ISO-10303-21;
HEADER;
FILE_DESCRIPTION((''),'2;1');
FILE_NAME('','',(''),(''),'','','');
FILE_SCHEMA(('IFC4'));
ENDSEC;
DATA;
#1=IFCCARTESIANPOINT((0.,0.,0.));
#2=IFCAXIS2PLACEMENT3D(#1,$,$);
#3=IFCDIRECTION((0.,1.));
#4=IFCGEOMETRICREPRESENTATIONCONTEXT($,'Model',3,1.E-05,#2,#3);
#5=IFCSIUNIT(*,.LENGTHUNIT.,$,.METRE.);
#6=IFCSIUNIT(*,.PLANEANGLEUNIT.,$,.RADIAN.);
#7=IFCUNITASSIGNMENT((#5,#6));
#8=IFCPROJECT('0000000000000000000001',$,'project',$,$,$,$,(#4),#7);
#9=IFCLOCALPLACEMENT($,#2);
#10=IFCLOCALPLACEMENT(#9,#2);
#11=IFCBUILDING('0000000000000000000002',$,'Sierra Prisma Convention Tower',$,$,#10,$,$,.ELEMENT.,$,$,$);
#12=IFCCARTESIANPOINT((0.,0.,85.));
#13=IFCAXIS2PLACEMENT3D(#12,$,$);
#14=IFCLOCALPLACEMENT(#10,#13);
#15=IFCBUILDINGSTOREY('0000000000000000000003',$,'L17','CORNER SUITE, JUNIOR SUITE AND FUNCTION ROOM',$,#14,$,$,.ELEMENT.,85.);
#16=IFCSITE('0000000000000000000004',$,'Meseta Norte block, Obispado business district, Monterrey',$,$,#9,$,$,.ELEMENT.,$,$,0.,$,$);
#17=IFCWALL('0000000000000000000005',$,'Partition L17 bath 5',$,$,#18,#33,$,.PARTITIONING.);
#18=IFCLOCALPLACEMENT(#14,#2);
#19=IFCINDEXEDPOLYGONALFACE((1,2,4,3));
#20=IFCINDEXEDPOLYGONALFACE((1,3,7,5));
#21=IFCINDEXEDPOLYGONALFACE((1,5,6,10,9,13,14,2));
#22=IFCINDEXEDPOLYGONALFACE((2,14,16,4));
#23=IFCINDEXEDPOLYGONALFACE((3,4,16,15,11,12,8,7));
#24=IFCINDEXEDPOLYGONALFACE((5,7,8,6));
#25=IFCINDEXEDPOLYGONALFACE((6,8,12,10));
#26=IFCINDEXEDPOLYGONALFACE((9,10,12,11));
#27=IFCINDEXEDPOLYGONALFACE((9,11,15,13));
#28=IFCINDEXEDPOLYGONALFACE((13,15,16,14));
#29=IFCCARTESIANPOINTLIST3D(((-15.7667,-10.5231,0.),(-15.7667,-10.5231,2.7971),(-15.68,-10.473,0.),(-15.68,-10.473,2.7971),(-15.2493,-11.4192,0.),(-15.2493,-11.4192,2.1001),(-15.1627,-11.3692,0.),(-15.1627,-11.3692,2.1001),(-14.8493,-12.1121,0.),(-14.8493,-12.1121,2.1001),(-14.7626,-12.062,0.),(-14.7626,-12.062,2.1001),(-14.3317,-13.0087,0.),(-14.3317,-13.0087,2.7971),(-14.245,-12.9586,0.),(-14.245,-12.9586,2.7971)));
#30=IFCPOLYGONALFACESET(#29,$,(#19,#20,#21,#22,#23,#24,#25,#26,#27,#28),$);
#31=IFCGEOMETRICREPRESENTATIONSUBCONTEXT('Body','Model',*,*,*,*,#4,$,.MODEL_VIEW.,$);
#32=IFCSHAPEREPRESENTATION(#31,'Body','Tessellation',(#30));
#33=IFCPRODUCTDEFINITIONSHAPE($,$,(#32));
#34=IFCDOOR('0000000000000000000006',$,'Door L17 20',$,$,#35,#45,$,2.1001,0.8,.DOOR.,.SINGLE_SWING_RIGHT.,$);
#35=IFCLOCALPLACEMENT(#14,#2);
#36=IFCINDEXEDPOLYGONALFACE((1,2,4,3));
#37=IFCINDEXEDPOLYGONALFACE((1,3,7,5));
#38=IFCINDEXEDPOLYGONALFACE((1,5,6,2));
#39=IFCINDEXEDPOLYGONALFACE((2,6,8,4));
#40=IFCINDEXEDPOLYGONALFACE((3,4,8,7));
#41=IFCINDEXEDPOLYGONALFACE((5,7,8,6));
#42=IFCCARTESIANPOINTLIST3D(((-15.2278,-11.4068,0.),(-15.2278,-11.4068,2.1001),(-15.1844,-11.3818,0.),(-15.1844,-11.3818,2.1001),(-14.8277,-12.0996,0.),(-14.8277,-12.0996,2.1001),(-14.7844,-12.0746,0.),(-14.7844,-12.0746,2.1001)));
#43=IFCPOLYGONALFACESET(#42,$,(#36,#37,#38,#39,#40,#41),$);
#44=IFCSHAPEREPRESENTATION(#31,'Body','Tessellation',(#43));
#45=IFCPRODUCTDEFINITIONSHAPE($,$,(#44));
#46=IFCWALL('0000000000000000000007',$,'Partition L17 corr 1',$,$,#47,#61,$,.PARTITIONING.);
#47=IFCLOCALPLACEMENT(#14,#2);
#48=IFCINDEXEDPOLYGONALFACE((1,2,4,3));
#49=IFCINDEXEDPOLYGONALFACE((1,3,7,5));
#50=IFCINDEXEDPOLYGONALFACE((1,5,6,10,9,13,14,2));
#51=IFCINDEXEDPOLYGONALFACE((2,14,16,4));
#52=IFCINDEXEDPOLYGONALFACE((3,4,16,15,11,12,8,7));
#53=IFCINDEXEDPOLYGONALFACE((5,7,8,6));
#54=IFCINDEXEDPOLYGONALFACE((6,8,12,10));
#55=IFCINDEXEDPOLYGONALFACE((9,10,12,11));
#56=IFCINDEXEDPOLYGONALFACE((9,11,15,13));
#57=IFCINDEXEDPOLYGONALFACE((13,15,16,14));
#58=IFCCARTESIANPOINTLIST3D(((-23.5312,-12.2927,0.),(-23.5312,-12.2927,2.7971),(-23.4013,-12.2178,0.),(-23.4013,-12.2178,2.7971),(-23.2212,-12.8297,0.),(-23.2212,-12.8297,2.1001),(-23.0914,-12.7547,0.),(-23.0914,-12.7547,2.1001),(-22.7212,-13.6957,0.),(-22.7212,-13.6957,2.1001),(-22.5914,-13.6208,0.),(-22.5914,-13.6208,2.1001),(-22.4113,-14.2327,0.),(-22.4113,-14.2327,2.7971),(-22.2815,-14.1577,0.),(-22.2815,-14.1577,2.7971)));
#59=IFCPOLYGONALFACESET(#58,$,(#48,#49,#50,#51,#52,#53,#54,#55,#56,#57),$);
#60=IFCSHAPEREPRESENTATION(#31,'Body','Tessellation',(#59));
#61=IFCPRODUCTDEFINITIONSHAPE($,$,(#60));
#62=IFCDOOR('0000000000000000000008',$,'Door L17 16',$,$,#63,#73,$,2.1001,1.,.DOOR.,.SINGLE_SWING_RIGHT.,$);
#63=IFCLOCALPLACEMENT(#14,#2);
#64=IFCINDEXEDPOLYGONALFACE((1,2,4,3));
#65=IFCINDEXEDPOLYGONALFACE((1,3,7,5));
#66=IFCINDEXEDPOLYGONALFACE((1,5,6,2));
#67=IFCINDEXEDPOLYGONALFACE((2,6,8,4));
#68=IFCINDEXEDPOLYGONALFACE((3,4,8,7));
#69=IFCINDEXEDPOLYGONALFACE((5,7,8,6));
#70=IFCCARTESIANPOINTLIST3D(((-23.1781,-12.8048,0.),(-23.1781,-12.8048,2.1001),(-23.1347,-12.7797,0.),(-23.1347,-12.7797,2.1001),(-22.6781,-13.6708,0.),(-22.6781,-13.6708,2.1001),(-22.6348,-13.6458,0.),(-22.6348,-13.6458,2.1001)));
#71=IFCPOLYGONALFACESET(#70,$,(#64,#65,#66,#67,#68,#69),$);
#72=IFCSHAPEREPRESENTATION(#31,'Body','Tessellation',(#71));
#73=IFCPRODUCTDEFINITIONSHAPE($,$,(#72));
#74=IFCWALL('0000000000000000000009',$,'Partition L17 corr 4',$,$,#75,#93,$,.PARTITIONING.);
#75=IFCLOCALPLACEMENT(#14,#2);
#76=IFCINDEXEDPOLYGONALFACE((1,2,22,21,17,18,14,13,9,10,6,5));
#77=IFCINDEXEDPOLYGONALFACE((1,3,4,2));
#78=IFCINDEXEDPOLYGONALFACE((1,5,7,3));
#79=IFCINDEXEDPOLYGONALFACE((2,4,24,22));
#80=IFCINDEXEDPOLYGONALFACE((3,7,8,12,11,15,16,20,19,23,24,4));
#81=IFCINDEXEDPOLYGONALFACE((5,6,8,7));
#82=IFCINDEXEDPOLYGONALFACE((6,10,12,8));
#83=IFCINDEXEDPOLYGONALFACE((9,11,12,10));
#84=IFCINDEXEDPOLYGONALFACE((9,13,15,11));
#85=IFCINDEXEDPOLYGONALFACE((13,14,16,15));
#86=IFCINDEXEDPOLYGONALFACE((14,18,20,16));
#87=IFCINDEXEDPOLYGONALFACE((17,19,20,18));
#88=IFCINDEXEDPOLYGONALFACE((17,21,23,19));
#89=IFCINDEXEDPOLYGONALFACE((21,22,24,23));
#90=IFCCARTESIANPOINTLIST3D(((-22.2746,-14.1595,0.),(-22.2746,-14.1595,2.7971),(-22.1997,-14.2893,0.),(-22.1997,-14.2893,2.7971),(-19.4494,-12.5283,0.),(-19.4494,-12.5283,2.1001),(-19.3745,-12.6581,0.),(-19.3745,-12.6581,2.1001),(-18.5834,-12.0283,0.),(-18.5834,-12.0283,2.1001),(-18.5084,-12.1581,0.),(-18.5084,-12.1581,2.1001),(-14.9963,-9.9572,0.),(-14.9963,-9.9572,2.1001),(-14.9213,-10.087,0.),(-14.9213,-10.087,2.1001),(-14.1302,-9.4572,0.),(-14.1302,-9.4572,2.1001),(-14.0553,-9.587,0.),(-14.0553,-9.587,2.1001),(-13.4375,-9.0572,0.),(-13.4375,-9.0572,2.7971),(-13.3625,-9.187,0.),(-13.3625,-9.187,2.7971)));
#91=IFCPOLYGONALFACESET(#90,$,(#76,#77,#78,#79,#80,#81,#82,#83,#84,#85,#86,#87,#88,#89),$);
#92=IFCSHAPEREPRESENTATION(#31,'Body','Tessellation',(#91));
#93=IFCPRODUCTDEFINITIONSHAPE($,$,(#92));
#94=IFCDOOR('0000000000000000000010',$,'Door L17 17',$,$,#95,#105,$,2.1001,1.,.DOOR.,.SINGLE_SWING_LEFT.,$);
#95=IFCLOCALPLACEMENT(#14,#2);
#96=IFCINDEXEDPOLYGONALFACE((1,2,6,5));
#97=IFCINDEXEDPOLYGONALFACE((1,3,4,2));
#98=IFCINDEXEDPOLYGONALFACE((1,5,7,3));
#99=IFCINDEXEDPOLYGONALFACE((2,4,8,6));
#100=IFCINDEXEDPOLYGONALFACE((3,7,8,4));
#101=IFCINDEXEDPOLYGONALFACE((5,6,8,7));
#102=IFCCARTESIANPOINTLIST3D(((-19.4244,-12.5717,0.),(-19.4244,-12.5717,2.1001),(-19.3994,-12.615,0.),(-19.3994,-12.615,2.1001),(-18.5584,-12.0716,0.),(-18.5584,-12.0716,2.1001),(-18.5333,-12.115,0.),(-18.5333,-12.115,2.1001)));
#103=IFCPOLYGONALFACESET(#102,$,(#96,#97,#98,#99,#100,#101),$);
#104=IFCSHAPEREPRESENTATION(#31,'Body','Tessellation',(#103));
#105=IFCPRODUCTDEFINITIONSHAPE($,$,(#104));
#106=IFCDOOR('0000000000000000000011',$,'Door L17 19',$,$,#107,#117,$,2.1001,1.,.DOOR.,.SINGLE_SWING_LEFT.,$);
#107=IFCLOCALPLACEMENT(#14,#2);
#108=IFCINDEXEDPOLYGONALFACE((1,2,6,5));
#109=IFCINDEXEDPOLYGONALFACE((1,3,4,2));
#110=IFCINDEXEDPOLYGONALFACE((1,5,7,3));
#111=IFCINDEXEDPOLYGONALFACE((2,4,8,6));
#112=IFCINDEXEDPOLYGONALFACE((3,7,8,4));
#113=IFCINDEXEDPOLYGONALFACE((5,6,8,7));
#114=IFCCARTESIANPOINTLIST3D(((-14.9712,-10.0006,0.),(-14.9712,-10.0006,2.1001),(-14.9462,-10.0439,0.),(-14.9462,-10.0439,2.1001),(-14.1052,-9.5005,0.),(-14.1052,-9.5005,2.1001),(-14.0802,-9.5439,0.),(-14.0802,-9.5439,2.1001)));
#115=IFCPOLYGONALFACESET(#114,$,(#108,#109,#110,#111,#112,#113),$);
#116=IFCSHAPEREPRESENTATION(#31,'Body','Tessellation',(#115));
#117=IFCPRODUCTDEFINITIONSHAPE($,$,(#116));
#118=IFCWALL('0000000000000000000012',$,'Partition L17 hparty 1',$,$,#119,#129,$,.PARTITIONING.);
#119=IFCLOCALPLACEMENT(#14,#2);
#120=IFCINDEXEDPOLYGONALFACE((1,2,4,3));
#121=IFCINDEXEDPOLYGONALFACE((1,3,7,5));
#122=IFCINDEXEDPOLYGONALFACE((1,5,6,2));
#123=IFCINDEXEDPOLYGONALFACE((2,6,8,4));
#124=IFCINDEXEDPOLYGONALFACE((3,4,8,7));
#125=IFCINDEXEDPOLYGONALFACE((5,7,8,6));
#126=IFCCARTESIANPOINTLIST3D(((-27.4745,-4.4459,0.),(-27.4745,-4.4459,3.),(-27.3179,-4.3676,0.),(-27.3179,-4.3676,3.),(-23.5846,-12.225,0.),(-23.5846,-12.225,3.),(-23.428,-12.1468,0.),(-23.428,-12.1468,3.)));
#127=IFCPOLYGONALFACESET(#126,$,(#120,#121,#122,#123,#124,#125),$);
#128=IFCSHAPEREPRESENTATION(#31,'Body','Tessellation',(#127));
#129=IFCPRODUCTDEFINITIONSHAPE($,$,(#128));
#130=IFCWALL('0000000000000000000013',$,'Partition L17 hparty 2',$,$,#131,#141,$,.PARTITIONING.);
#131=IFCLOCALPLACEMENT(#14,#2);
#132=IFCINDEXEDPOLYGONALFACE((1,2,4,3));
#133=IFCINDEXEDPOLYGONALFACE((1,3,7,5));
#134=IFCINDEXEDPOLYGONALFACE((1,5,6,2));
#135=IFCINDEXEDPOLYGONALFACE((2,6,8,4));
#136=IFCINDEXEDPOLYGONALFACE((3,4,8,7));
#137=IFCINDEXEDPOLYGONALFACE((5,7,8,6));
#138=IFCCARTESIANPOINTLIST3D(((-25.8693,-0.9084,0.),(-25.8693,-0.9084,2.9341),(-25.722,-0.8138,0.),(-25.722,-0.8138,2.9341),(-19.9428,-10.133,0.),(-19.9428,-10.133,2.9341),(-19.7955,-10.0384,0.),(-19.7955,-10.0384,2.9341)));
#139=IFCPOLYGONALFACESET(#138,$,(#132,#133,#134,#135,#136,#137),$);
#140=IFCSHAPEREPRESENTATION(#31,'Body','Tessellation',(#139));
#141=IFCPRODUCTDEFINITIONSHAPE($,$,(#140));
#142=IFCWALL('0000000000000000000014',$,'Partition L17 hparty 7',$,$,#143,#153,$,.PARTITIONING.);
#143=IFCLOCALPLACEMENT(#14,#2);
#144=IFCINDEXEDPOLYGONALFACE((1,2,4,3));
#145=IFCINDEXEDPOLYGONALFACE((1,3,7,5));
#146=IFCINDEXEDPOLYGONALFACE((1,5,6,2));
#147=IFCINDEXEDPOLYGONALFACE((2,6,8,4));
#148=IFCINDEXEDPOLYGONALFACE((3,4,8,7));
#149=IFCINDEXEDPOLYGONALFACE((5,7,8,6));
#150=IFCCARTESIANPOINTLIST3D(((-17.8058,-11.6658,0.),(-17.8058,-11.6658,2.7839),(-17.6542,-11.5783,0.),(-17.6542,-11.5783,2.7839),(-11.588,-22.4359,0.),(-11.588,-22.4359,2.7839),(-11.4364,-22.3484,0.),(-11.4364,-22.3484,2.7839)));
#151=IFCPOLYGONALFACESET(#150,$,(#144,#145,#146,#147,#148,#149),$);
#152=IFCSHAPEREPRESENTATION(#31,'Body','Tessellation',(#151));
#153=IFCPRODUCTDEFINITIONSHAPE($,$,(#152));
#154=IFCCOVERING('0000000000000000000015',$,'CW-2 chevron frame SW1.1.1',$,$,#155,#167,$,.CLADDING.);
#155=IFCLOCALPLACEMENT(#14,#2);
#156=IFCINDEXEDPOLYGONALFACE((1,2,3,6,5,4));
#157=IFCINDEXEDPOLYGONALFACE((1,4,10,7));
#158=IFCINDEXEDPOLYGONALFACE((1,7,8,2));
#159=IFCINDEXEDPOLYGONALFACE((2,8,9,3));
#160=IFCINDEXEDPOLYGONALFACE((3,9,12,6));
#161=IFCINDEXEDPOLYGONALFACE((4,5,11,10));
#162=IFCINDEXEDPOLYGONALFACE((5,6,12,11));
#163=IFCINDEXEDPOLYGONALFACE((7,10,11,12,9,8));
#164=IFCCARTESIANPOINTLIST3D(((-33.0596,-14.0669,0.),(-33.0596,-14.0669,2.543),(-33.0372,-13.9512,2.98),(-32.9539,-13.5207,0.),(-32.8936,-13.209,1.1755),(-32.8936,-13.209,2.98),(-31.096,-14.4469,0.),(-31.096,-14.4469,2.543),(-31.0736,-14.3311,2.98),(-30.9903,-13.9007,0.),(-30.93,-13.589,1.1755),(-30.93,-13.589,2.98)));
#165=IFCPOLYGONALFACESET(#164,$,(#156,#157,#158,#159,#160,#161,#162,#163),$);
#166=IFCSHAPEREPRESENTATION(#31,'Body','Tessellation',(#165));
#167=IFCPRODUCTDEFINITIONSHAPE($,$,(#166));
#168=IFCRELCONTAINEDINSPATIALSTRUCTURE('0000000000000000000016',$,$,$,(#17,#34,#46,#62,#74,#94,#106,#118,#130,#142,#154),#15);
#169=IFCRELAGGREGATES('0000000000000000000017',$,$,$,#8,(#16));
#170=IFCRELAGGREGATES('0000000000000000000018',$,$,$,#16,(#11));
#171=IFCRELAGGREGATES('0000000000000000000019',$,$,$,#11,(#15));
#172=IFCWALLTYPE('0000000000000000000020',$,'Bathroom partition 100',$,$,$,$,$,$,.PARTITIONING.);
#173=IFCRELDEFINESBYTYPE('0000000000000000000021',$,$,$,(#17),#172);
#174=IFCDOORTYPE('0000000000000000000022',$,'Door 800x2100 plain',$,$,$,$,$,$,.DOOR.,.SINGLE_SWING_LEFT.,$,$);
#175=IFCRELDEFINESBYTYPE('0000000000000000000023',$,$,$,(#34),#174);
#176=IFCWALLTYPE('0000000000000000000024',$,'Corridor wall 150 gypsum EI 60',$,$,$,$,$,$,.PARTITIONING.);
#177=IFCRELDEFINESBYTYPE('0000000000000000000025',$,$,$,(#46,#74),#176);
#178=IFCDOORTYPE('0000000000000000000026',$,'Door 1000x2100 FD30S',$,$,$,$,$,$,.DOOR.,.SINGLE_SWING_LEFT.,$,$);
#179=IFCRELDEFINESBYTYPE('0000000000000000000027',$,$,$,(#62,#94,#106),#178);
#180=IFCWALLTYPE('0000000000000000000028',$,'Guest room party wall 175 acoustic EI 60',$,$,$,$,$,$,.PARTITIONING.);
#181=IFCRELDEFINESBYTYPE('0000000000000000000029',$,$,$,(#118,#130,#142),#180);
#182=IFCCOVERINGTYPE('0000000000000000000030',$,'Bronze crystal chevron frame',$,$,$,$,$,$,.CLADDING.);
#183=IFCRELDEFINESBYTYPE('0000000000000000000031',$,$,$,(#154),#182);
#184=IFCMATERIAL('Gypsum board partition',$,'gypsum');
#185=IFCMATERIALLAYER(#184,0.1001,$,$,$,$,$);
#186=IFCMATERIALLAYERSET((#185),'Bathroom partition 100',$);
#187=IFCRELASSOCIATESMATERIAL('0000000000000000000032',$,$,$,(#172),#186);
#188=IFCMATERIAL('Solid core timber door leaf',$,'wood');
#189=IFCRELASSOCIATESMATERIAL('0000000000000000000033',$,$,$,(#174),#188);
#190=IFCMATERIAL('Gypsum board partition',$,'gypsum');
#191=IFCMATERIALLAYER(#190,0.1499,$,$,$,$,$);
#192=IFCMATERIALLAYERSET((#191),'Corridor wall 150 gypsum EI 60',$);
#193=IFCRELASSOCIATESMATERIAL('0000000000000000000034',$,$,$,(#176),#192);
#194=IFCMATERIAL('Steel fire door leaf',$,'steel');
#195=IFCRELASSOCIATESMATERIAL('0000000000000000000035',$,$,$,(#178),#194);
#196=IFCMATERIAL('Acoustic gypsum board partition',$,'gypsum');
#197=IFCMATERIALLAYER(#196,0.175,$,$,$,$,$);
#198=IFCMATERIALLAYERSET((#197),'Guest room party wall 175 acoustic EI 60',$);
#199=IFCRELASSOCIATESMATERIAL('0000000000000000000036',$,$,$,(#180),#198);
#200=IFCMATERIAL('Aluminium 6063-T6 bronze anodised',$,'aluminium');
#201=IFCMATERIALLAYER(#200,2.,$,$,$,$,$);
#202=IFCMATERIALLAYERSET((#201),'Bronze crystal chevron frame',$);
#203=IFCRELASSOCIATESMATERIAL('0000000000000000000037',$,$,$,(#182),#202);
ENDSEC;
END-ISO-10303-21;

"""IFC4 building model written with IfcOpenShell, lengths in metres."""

from ifc_helpers import new_model, si_unit, direction, frame, frame_2d, origin, place, context, subcontext, project, spatial, polyline, rectangle, outline, extrude, material, layer, layer_set, type_object, element, fill, save


model = new_model("IFC4")

# Units and contexts
model_context = context("Model", 3, precision=1e-05, world=origin(), true_north=direction((0.0, 1.0)))
body_context = subcontext(model_context, "Body", "Model", "MODEL_VIEW")
ifc_project = project(units=[si_unit("LENGTHUNIT", "METRE"), si_unit("PLANEANGLEUNIT", "RADIAN")], contexts=[model_context])

# Site, building, storey
site_placement = place(None, origin())
site = spatial("IfcSite", under=ifc_project, at=site_placement, Name="Meseta Norte block, Obispado business district, Monterrey", CompositionType="ELEMENT", RefElevation=0.0)
building_placement = place(site_placement, origin())
building = spatial("IfcBuilding", under=site, at=building_placement, Name="Sierra Prisma Convention Tower", CompositionType="ELEMENT")
storey_placement = place(building_placement, frame((0.0, 0.0, 85.0)))
storey = spatial("IfcBuildingStorey", under=building, at=storey_placement, Name="L17", Description="CORNER SUITE, JUNIOR SUITE AND FUNCTION ROOM", CompositionType="ELEMENT", Elevation=85.0)

# Walls, openings, doors
ifc_material_1 = material(Name="Gypsum board partition", Category="gypsum")
ifc_layer_1 = layer(ifc_material_1, 0.1001)
ifc_layer_set_1 = layer_set([ifc_layer_1], Name="Bathroom partition 100")
wall_type_1 = type_object("IfcWallType", Name="Bathroom partition 100", PredefinedType="PARTITIONING", material=ifc_layer_set_1)
ifc_material_2 = material(Name="Solid core timber door leaf", Category="wood")
door_type_1 = type_object("IfcDoorType", Name="Door 800x2100 plain", OperationType="SINGLE_SWING_LEFT", PredefinedType="DOOR", material=ifc_material_2)
wall_1_placement = place(storey_placement, frame((-15.7234, -10.498, 0.0), z_axis=(0.0, 0.0, 1.0), x_axis=(0.5, -0.866026, 0.0)))
wall_1 = element("IfcWall", 1, at=wall_1_placement, inside=storey, type_object=wall_type_1, Name="Partition L17 bath 5", PredefinedType="PARTITIONING", context=body_context, shape_type="SweptSolid", body=[
    extrude(rectangle(XDim=2.8701, YDim=0.1001, at=frame_2d((1.4351, 0.0))), origin(), (0.0, 0.0, 1.0), 2.7971),
])
opening_1_placement = place(wall_1_placement, frame((1.0349, 0.0, 0.0)))
opening_1 = element("IfcOpeningElement", 2, at=opening_1_placement, cuts=wall_1, PredefinedType="OPENING", context=body_context, shape_type="SweptSolid", body=[
    extrude(rectangle(XDim=0.8, YDim=2.1001, at=frame_2d((0.3999, 1.05))), frame((0.0, 0.05, 0.0), z_axis=(0.0, -1.0, 0.0), x_axis=(1.0, 0.0, 0.0)), (0.0, 0.0, 1.0), 0.1001),
])
door_1_placement = place(opening_1_placement, origin())
door_1 = element("IfcDoor", 3, at=door_1_placement, inside=storey, type_object=door_type_1, Name="Door L17 20", OperationType="SINGLE_SWING_RIGHT", OverallHeight=2.1001, OverallWidth=0.8, PredefinedType="DOOR", context=body_context, shape_type="SweptSolid", body=[
    extrude(rectangle(XDim=0.8, YDim=2.1001, at=frame_2d((0.3999, 1.05))), frame((0.0, 0.0249, 0.0), z_axis=(0.0, -1.0, 0.0), x_axis=(1.0, 0.0, 0.0)), (0.0, 0.0, 1.0), 0.05),
])
fill(opening_1, door_1)
ifc_material_3 = material(Name="Gypsum board partition", Category="gypsum")
ifc_layer_2 = layer(ifc_material_3, 0.1499)
ifc_layer_set_2 = layer_set([ifc_layer_2], Name="Corridor wall 150 gypsum EI 60")
wall_type_2 = type_object("IfcWallType", Name="Corridor wall 150 gypsum EI 60", PredefinedType="PARTITIONING", material=ifc_layer_set_2)
wall_2_placement = place(storey_placement, frame((-23.4663, -12.2551, 0.0), z_axis=(0.0, 0.0, 1.0), x_axis=(0.499949, -0.866055, 0.0)))
wall_2 = element("IfcWall", 4, at=wall_2_placement, inside=storey, type_object=wall_type_2, Name="Partition L17 corr 1", PredefinedType="PARTITIONING", context=body_context, shape_type="SweptSolid", body=[
    extrude(rectangle(XDim=2.24, YDim=0.1499, at=frame_2d((1.1201, 0.0))), origin(), (0.0, 0.0, 1.0), 2.7971),
])
opening_2_placement = place(wall_2_placement, frame((0.6201, 0.0, 0.0)))
opening_2 = element("IfcOpeningElement", 5, at=opening_2_placement, cuts=wall_2, PredefinedType="OPENING", context=body_context, shape_type="SweptSolid", body=[
    extrude(rectangle(XDim=1.0, YDim=2.1001, at=frame_2d((0.5, 1.05))), frame((0.0, 0.075, 0.0), z_axis=(0.0, -1.0, 0.0), x_axis=(1.0, 0.0, 0.0)), (0.0, 0.0, 1.0), 0.1499),
])
ifc_material_4 = material(Name="Steel fire door leaf", Category="steel")
door_type_2 = type_object("IfcDoorType", Name="Door 1000x2100 FD30S", OperationType="SINGLE_SWING_LEFT", PredefinedType="DOOR", material=ifc_material_4)
door_2_placement = place(opening_2_placement, origin())
door_2 = element("IfcDoor", 6, at=door_2_placement, inside=storey, type_object=door_type_2, Name="Door L17 16", OperationType="SINGLE_SWING_RIGHT", OverallHeight=2.1001, OverallWidth=1.0, PredefinedType="DOOR", context=body_context, shape_type="SweptSolid", body=[
    extrude(rectangle(XDim=1.0, YDim=2.1001, at=frame_2d((0.5, 1.05))), frame((0.0, 0.0249, 0.0), z_axis=(0.0, -1.0, 0.0), x_axis=(1.0, 0.0, 0.0)), (0.0, 0.0, 1.0), 0.05),
])
fill(opening_2, door_2)

# Wall, openings, doors
wall_3_placement = place(storey_placement, frame((-22.2371, -14.2244, 0.0), z_axis=(0.0, 0.0, 1.0), x_axis=(0.866019, 0.500012, 0.0)))
wall_3 = element("IfcWall", 7, at=wall_3_placement, inside=storey, type_object=wall_type_2, Name="Partition L17 corr 4", PredefinedType="PARTITIONING", context=body_context, shape_type="SweptSolid", body=[
    extrude(rectangle(XDim=10.2043, YDim=0.1499, at=frame_2d((5.1021, 0.0))), origin(), (0.0, 0.0, 1.0), 2.7971),
])
opening_3_placement = place(wall_3_placement, frame((3.2622, 0.0, 0.0)))
opening_3 = element("IfcOpeningElement", 8, at=opening_3_placement, cuts=wall_3, PredefinedType="OPENING", context=body_context, shape_type="SweptSolid", body=[
    extrude(rectangle(XDim=1.0, YDim=2.1001, at=frame_2d((0.5, 1.05))), frame((0.0, 0.075, 0.0), z_axis=(0.0, -1.0, 0.0), x_axis=(1.0, 0.0, 0.0)), (0.0, 0.0, 1.0), 0.1499),
])
opening_4_placement = place(wall_3_placement, frame((8.4043, 0.0, 0.0)))
opening_4 = element("IfcOpeningElement", 9, at=opening_4_placement, cuts=wall_3, PredefinedType="OPENING", context=body_context, shape_type="SweptSolid", body=[
    extrude(rectangle(XDim=1.0, YDim=2.1001, at=frame_2d((0.5, 1.05))), frame((0.0, 0.075, 0.0), z_axis=(0.0, -1.0, 0.0), x_axis=(1.0, 0.0, 0.0)), (0.0, 0.0, 1.0), 0.1499),
])
door_3_placement = place(opening_3_placement, origin())
door_3 = element("IfcDoor", 10, at=door_3_placement, inside=storey, type_object=door_type_2, Name="Door L17 17", OperationType="SINGLE_SWING_LEFT", OverallHeight=2.1001, OverallWidth=1.0, PredefinedType="DOOR", context=body_context, shape_type="SweptSolid", body=[
    extrude(rectangle(XDim=1.0, YDim=2.1001, at=frame_2d((0.5, 1.05))), frame((0.0, 0.0249, 0.0), z_axis=(0.0, -1.0, 0.0), x_axis=(1.0, 0.0, 0.0)), (0.0, 0.0, 1.0), 0.05),
])
fill(opening_3, door_3)
door_4_placement = place(opening_4_placement, origin())
door_4 = element("IfcDoor", 11, at=door_4_placement, inside=storey, type_object=door_type_2, Name="Door L17 19", OperationType="SINGLE_SWING_LEFT", OverallHeight=2.1001, OverallWidth=1.0, PredefinedType="DOOR", context=body_context, shape_type="SweptSolid", body=[
    extrude(rectangle(XDim=1.0, YDim=2.1001, at=frame_2d((0.5, 1.05))), frame((0.0, 0.0249, 0.0), z_axis=(0.0, -1.0, 0.0), x_axis=(1.0, 0.0, 0.0)), (0.0, 0.0, 1.0), 0.05),
])
fill(opening_4, door_4)

# Walls
ifc_material_5 = material(Name="Acoustic gypsum board partition", Category="gypsum")
ifc_layer_3 = layer(ifc_material_5, 0.175)
ifc_layer_set_3 = layer_set([ifc_layer_3], Name="Guest room party wall 175 acoustic EI 60")
wall_type_3 = type_object("IfcWallType", Name="Guest room party wall 175 acoustic EI 60", PredefinedType="PARTITIONING", material=ifc_layer_set_3)
wall_4_placement = place(storey_placement, frame((-23.5063, -12.1858, 0.0), z_axis=(0.0, 0.0, 1.0), x_axis=(-0.447247, 0.89441, 0.0)))
element("IfcWall", 12, at=wall_4_placement, inside=storey, type_object=wall_type_3, Name="Partition L17 hparty 1", PredefinedType="PARTITIONING", context=body_context, shape_type="SweptSolid", body=[
    extrude(rectangle(XDim=8.6975, YDim=0.175, at=frame_2d((4.3486, 0.0))), origin(), (0.0, 0.0, 1.0), 3.0),
])
wall_5_placement = place(storey_placement, frame((-19.8691, -10.0857, 0.0), z_axis=(0.0, 0.0, 1.0), x_axis=(-0.540526, 0.841327, 0.0)))
element("IfcWall", 13, at=wall_5_placement, inside=storey, type_object=wall_type_3, Name="Partition L17 hparty 2", PredefinedType="PARTITIONING", context=body_context, shape_type="SweptSolid", body=[
    extrude(rectangle(XDim=10.9644, YDim=0.175, at=frame_2d((5.4822, 0.0))), origin(), (0.0, 0.0, 1.0), 2.9341),
])
wall_6_placement = place(storey_placement, frame((-17.73, -11.6221, 0.0), z_axis=(0.0, 0.0, 1.0), x_axis=(0.499982, -0.866036, 0.0)))
element("IfcWall", 14, at=wall_6_placement, inside=storey, type_object=wall_type_3, Name="Partition L17 hparty 7", PredefinedType="PARTITIONING", context=body_context, shape_type="SweptSolid", body=[
    extrude(rectangle(XDim=12.436, YDim=0.175, at=frame_2d((6.218, 0.0))), origin(), (0.0, 0.0, 1.0), 2.7839),
])

# Covering
ifc_material_6 = material(Name="Aluminium 6063-T6 bronze anodised", Category="aluminium")
ifc_layer_4 = layer(ifc_material_6, 2.0)
ifc_layer_set_4 = layer_set([ifc_layer_4], Name="Bronze crystal chevron frame")
covering_type = type_object("IfcCoveringType", Name="Bronze crystal chevron frame", PredefinedType="CLADDING", material=ifc_layer_set_4)
covering_1_placement = place(storey_placement, frame((-32.8936, -13.209, 2.98), z_axis=(-0.981786, 0.189988, 0.000007), x_axis=(-0.000007, 0.000001, -1.0)))
element("IfcCovering", 15, at=covering_1_placement, inside=storey, type_object=covering_type, Name="CW-2 chevron frame SW1.1.1", PredefinedType="CLADDING", context=body_context, shape_type="SweptSolid", body=[
    extrude(outline(polyline([(0.0, 0.0), (1.8044, 0.0), (2.98, 0.3175), (2.98, 0.8738), (0.437, 0.8738), (0.0, 0.7559), (0.0, 0.0)])), origin(), (0.0, 0.0, -1.0), 2.0),
])

save(model, "model.ifc")
